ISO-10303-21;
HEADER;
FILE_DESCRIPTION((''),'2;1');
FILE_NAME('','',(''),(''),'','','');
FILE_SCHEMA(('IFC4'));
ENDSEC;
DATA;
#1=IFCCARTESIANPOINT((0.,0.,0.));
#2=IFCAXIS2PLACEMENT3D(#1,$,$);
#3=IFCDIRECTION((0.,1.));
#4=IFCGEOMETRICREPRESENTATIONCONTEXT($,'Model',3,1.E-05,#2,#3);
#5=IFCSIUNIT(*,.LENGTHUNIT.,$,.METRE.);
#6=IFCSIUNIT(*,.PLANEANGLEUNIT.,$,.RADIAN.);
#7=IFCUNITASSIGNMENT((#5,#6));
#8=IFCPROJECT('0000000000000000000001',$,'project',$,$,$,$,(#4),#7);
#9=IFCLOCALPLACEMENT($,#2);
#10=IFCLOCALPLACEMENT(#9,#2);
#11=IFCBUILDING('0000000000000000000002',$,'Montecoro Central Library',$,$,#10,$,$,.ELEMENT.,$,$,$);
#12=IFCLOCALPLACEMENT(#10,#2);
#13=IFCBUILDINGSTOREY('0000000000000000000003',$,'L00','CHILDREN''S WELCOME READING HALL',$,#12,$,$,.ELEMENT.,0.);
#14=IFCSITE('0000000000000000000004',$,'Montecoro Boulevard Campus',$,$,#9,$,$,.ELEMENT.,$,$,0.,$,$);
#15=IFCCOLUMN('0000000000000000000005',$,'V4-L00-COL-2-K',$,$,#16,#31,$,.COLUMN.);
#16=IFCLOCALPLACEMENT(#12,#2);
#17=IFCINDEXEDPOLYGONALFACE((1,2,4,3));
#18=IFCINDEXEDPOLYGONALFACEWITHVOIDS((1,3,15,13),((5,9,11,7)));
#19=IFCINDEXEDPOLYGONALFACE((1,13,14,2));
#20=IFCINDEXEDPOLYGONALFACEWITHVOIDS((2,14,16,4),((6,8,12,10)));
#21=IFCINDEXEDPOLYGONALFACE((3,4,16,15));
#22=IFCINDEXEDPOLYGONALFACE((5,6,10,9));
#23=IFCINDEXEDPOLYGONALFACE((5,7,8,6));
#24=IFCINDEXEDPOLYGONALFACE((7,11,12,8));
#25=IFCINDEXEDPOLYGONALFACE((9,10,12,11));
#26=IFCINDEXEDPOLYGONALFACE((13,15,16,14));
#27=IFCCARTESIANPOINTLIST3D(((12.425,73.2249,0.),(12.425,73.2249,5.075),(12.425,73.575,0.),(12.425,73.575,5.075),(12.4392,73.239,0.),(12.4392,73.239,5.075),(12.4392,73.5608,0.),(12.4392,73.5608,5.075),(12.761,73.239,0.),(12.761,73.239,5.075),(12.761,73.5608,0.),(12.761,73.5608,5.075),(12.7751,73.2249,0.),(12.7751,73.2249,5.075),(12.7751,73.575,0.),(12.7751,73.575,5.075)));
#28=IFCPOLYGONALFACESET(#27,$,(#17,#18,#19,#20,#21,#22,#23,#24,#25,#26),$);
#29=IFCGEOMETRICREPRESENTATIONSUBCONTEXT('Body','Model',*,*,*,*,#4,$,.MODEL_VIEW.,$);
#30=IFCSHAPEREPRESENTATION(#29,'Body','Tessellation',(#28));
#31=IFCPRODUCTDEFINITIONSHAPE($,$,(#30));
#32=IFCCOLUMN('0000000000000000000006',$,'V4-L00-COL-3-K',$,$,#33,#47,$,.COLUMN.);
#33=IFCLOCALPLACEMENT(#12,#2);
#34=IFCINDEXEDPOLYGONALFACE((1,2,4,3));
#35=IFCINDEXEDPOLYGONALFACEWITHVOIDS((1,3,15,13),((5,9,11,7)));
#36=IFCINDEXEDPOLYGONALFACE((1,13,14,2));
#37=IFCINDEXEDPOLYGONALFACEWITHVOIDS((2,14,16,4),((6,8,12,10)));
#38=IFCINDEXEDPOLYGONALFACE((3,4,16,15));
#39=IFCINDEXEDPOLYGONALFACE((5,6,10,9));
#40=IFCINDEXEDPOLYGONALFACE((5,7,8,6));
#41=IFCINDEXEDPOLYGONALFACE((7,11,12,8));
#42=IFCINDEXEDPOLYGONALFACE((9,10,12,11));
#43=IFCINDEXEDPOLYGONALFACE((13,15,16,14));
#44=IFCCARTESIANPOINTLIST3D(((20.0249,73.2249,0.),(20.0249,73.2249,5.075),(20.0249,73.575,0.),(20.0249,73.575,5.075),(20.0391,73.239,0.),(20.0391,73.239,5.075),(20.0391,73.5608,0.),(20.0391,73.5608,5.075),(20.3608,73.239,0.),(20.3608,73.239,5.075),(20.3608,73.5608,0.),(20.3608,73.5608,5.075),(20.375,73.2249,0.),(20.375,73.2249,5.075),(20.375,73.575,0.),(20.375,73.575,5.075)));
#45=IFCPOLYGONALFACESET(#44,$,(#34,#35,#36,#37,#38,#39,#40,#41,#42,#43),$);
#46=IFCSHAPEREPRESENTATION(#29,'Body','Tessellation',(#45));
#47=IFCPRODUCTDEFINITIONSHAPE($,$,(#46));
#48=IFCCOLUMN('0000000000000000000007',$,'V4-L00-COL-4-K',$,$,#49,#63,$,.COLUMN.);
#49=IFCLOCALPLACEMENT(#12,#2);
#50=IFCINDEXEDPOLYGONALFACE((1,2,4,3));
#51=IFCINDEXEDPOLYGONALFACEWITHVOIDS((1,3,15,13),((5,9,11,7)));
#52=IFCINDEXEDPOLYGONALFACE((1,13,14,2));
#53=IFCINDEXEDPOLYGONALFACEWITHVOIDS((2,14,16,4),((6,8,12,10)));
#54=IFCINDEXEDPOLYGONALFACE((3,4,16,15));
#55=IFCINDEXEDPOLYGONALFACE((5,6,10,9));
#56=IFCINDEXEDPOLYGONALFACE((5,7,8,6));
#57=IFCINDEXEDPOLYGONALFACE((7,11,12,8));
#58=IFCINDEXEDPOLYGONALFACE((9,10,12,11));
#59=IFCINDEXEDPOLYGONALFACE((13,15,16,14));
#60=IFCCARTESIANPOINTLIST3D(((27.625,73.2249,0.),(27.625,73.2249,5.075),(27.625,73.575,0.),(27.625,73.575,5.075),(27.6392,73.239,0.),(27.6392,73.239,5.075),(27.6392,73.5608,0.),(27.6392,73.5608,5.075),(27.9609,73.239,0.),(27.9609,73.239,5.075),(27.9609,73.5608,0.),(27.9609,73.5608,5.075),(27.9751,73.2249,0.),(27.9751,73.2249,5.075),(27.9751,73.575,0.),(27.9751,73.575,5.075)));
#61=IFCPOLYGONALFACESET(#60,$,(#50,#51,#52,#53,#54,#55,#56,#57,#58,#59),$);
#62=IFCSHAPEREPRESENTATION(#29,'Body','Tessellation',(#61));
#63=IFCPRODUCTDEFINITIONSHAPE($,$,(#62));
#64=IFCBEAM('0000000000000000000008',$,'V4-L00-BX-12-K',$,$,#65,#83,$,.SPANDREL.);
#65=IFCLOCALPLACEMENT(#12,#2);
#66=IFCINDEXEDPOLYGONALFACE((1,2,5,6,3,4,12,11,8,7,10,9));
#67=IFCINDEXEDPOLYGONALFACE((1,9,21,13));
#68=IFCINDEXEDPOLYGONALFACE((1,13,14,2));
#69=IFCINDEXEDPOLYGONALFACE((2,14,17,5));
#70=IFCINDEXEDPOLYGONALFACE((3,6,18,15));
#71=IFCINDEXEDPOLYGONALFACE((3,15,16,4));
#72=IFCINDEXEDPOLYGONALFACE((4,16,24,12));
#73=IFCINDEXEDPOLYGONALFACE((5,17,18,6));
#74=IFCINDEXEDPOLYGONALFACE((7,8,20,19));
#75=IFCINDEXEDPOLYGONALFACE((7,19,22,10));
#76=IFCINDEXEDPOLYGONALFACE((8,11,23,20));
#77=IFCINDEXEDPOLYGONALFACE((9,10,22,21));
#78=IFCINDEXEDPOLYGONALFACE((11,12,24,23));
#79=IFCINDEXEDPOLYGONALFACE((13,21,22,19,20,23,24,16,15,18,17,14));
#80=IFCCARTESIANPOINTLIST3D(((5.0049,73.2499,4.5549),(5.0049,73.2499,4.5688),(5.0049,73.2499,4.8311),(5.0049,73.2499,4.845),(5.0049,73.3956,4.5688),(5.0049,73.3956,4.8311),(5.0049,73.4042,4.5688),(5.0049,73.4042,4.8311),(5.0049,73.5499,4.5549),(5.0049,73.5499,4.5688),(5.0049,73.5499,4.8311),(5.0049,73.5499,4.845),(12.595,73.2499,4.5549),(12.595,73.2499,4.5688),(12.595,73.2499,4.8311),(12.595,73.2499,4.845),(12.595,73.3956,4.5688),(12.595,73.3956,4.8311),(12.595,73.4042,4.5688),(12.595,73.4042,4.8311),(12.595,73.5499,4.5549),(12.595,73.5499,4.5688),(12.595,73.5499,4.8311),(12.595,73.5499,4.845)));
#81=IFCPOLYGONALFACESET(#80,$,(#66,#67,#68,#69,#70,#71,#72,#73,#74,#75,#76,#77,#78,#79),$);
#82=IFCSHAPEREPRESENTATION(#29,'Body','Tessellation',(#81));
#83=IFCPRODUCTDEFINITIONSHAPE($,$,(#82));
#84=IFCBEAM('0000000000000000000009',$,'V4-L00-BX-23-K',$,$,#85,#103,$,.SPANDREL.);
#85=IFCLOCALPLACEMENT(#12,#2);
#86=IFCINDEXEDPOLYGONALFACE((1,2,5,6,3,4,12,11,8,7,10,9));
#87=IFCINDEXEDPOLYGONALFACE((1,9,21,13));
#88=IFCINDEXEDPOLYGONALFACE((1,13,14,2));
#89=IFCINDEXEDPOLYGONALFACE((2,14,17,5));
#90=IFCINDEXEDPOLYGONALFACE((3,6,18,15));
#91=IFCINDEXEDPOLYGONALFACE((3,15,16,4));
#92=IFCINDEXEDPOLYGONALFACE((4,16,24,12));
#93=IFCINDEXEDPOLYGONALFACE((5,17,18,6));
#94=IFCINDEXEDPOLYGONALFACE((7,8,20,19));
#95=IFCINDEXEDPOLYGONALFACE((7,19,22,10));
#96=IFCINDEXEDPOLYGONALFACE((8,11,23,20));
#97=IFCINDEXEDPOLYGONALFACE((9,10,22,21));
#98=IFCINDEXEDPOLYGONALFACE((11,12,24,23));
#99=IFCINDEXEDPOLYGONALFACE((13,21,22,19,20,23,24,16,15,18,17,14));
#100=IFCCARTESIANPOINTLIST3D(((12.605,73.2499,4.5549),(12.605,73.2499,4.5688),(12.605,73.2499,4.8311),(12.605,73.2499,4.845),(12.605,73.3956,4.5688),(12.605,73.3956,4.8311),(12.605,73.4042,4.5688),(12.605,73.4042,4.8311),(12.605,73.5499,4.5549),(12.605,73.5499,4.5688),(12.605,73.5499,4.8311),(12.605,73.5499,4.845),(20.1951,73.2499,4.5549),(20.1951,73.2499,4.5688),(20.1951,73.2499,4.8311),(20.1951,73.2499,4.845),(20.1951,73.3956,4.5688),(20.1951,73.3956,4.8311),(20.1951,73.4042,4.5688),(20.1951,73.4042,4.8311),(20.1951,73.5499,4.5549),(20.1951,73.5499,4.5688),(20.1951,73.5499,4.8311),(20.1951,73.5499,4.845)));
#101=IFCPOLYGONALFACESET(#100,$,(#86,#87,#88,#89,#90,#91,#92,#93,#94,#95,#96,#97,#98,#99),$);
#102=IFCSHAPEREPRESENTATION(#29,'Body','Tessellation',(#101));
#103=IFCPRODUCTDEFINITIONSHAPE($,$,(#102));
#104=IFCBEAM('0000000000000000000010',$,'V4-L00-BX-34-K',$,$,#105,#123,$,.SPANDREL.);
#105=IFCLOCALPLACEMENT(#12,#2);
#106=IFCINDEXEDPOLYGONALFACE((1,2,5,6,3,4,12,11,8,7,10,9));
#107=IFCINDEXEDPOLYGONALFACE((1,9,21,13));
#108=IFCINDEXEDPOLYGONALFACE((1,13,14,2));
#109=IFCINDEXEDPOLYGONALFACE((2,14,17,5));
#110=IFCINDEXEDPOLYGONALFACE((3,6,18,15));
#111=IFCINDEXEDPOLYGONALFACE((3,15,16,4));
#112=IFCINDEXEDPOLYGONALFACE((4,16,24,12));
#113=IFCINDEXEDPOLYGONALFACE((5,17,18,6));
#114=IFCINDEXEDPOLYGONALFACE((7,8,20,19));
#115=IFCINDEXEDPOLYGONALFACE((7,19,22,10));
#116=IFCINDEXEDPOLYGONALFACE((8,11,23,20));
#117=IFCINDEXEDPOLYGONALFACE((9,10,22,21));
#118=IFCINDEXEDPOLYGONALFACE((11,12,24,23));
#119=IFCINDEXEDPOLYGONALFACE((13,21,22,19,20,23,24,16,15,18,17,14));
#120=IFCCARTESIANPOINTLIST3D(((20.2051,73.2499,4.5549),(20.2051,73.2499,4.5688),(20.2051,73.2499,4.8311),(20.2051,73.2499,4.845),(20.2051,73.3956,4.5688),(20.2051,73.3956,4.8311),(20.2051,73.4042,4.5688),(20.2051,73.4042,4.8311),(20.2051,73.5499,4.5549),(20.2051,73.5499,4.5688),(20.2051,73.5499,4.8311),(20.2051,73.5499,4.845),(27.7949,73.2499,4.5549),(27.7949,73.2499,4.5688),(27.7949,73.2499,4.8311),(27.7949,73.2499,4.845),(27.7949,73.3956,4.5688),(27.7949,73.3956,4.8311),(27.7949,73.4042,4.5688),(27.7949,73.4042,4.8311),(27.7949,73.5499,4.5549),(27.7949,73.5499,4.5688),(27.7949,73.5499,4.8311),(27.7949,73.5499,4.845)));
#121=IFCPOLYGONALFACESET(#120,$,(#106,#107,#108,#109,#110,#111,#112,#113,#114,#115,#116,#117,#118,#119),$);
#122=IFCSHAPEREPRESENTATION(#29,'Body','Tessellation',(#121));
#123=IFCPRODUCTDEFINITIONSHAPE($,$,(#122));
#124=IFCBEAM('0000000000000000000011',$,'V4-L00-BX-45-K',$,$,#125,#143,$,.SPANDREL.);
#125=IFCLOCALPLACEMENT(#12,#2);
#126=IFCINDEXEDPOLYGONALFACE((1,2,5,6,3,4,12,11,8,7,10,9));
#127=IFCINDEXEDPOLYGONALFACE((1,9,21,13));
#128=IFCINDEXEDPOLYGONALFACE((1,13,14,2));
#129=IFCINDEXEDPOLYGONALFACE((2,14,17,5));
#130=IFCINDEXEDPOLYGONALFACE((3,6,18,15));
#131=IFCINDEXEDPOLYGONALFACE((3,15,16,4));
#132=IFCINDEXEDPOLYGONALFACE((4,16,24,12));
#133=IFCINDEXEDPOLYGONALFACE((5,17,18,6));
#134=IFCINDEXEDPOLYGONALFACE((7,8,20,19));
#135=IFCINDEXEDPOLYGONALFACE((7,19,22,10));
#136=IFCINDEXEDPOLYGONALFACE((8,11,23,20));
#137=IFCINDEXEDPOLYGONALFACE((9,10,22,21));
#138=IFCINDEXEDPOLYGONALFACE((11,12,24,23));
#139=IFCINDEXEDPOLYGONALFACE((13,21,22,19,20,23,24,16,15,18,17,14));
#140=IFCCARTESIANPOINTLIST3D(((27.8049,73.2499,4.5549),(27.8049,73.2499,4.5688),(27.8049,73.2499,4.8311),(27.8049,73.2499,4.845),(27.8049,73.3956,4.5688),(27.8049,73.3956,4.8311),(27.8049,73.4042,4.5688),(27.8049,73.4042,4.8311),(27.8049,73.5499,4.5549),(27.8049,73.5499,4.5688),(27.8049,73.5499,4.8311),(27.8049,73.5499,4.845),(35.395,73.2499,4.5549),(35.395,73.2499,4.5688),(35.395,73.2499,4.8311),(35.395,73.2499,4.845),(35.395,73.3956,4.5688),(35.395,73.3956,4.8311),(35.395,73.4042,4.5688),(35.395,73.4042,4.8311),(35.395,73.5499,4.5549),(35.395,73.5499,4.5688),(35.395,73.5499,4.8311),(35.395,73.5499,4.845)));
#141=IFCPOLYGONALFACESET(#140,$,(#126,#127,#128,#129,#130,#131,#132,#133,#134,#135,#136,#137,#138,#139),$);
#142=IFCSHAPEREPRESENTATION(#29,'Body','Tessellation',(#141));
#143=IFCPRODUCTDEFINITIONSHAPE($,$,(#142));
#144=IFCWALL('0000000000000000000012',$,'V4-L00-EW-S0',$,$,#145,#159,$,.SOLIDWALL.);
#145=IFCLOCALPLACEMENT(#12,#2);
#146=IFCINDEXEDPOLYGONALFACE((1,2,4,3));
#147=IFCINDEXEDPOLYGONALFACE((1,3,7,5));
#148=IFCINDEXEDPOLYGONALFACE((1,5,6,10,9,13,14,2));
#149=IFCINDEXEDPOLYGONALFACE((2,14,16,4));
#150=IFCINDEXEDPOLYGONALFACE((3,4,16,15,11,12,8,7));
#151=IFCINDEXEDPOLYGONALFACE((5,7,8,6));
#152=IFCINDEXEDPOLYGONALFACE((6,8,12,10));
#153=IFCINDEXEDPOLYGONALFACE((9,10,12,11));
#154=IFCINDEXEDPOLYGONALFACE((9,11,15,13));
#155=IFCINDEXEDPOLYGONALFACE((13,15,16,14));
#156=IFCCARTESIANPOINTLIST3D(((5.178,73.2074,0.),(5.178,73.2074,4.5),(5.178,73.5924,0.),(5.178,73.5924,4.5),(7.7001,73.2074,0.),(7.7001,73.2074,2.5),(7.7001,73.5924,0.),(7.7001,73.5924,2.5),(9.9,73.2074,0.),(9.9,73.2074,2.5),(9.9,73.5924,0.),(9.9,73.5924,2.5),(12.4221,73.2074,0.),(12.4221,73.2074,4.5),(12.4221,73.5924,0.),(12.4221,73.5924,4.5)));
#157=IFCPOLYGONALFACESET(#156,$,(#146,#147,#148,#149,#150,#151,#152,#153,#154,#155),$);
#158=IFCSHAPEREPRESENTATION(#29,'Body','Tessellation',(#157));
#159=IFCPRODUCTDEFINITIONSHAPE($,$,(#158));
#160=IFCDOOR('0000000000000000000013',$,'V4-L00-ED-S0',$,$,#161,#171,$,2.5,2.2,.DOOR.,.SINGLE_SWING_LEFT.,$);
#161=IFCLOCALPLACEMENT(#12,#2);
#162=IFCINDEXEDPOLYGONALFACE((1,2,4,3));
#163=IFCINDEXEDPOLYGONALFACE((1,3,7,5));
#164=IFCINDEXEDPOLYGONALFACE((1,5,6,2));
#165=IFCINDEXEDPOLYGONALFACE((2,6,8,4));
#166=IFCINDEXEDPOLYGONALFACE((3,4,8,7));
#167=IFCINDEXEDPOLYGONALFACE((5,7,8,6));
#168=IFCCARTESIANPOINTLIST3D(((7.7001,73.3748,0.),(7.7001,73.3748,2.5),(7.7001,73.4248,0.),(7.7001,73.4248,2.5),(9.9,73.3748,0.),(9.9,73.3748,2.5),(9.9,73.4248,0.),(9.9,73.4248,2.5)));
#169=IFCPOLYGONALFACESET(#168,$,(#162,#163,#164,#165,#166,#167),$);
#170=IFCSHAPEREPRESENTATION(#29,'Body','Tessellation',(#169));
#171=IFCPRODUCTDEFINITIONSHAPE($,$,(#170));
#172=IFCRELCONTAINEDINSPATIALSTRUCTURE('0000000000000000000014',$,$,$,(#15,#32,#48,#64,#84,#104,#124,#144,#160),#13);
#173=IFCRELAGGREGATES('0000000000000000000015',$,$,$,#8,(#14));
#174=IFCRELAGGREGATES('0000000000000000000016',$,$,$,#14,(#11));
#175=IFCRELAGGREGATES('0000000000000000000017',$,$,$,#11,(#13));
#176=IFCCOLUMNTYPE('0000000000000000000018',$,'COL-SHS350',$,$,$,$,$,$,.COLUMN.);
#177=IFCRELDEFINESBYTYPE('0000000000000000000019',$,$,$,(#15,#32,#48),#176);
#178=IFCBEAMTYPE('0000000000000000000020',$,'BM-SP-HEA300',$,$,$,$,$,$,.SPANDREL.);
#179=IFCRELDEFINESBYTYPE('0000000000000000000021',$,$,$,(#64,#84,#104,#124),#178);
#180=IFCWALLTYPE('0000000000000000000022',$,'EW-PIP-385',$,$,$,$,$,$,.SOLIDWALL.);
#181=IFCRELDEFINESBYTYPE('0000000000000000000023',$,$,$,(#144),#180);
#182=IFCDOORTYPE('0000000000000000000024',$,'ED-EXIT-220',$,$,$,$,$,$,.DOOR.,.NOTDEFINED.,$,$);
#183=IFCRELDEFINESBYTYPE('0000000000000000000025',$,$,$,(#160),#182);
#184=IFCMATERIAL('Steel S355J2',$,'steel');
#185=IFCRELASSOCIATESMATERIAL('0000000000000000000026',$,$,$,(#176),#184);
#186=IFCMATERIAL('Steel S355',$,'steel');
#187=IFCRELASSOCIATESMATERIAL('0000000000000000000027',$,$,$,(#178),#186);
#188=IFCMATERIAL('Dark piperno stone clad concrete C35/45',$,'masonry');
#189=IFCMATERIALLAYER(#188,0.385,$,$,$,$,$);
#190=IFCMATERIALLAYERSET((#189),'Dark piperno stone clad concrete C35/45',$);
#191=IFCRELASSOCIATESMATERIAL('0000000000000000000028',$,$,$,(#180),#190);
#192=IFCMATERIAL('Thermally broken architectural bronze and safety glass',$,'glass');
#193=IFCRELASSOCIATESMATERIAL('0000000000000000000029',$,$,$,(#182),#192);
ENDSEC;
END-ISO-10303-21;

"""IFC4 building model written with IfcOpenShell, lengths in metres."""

from ifc_helpers import new_model, si_unit, direction, frame, frame_2d, origin, origin_2d, place, context, subcontext, project, spatial, rectangle, hollow_rectangle, i_section, extrude, material, layer, layer_set, material_profile, profile_set, type_object, element, fill, save


model = new_model("IFC4")

# Units and contexts
model_context = context("Model", 3, precision=1e-05, world=origin(), true_north=direction((0.0, 1.0)))
body_context = subcontext(model_context, "Body", "Model", "MODEL_VIEW")
ifc_project = project(units=[si_unit("LENGTHUNIT", "METRE"), si_unit("PLANEANGLEUNIT", "RADIAN")], contexts=[model_context])

# Site, building, storey
site_placement = place(None, origin())
site = spatial("IfcSite", under=ifc_project, at=site_placement, Name="Montecoro Boulevard Campus", CompositionType="ELEMENT", RefElevation=0.0)
building_placement = place(site_placement, origin())
building = spatial("IfcBuilding", under=site, at=building_placement, Name="Montecoro Central Library", CompositionType="ELEMENT")
storey_placement = place(building_placement, origin())
storey = spatial("IfcBuildingStorey", under=building, at=storey_placement, Name="L00", Description="CHILDREN'S WELCOME READING HALL", CompositionType="ELEMENT", Elevation=0.0)

# Columns
ifc_material_1 = material(Name="Steel S355", Category="steel")
ifc_material_2 = material(Name="Steel S355J2", Category="steel")
ifc_material_profile_1 = material_profile(ifc_material_2, hollow_rectangle(XDim=0.3501, YDim=0.3501, WallThickness=0.0142, at=origin_2d()), Name="SHS 350x350x14.2")
ifc_profile_set_1 = profile_set([ifc_material_profile_1], Name="Steel S355J2")
column_type_1 = type_object("IfcColumnType", Name="COL-SHS350", PredefinedType="COLUMN", material=ifc_profile_set_1)
for number, where, z_axis, x_axis, name in (
    (1, (12.6001, 73.3999, 0.0), (0.0, 0.0, 1.0), (1.0, 0.0, 0.0), "V4-L00-COL-2-K"),
    (2, (20.2, 73.3999, 0.0), (0.0, 0.0, 1.0), (1.0, 0.0, 0.0), "V4-L00-COL-3-K"),
    (3, (27.8, 73.3999, 0.0), (0.0, 0.0, 1.0), (1.0, 0.0, 0.0), "V4-L00-COL-4-K"),
):
    element("IfcColumn", number, at=place(storey_placement, frame(where, z_axis=z_axis, x_axis=x_axis)), inside=storey, type_object=column_type_1, Name=name, PredefinedType="COLUMN", context=body_context, shape_type="SweptSolid", body=[
        extrude(hollow_rectangle(XDim=0.3501, YDim=0.3501, WallThickness=0.0142, at=origin_2d()), origin(), (0.0, 0.0, 1.0), 5.075),
    ])

# Beams
ifc_material_profile_2 = material_profile(ifc_material_1, i_section(OverallWidth=0.3, OverallDepth=0.29, WebThickness=0.0085, FlangeThickness=0.0139, at=origin_2d()), Name="HEA 300")
ifc_profile_set_2 = profile_set([ifc_material_profile_2], Name="Steel S355")
beam_type = type_object("IfcBeamType", Name="BM-SP-HEA300", PredefinedType="SPANDREL", material=ifc_profile_set_2)
for number, where, z_axis, x_axis, name in (
    (4, (5.0049, 73.3999, 4.7), (1.0, 0.0, 0.0), (0.0, 1.0, 0.0), "V4-L00-BX-12-K"),
    (5, (12.605, 73.3999, 4.7), (1.0, 0.0, 0.0), (0.0, 1.0, 0.0), "V4-L00-BX-23-K"),
):
    element("IfcBeam", number, at=place(storey_placement, frame(where, z_axis=z_axis, x_axis=x_axis)), inside=storey, type_object=beam_type, Name=name, PredefinedType="SPANDREL", context=body_context, shape_type="SweptSolid", body=[
        extrude(i_section(OverallWidth=0.3, OverallDepth=0.29, WebThickness=0.0085, FlangeThickness=0.0139, at=origin_2d()), origin(), (0.0, 0.0, 1.0), 7.5901),
    ])
beam_1_placement = place(storey_placement, frame((20.2051, 73.3999, 4.7), z_axis=(1.0, 0.0, 0.0), x_axis=(0.0, 1.0, 0.0)))
element("IfcBeam", 6, at=beam_1_placement, inside=storey, type_object=beam_type, Name="V4-L00-BX-34-K", PredefinedType="SPANDREL", context=body_context, shape_type="SweptSolid", body=[
    extrude(i_section(OverallWidth=0.3, OverallDepth=0.29, WebThickness=0.0085, FlangeThickness=0.0139, at=origin_2d()), origin(), (0.0, 0.0, 1.0), 7.5898),
])
beam_2_placement = place(storey_placement, frame((27.8049, 73.3999, 4.7), z_axis=(1.0, 0.0, 0.0), x_axis=(0.0, 1.0, 0.0)))
element("IfcBeam", 7, at=beam_2_placement, inside=storey, type_object=beam_type, Name="V4-L00-BX-45-K", PredefinedType="SPANDREL", context=body_context, shape_type="SweptSolid", body=[
    extrude(i_section(OverallWidth=0.3, OverallDepth=0.29, WebThickness=0.0085, FlangeThickness=0.0139, at=origin_2d()), origin(), (0.0, 0.0, 1.0), 7.5901),
])

# Wall, opening, door
ifc_material_3 = material(Name="Dark piperno stone clad concrete C35/45", Category="masonry")
ifc_layer = layer(ifc_material_3, 0.385)
ifc_layer_set = layer_set([ifc_layer], Name="Dark piperno stone clad concrete C35/45")
wall_type = type_object("IfcWallType", Name="EW-PIP-385", PredefinedType="SOLIDWALL", material=ifc_layer_set)
wall_1_placement = place(storey_placement, frame((5.178, 73.3999, 0.0), z_axis=(0.0, 0.0, 1.0), x_axis=(1.0, 0.0, 0.0)))
wall_1 = element("IfcWall", 8, at=wall_1_placement, inside=storey, type_object=wall_type, Name="V4-L00-EW-S0", PredefinedType="SOLIDWALL", context=body_context, shape_type="SweptSolid", body=[
    extrude(rectangle(XDim=7.2441, YDim=0.385, at=frame_2d((3.6221, 0.0))), origin(), (0.0, 0.0, 1.0), 4.5),
])
opening_1_placement = place(wall_1_placement, frame((2.522, 0.0, 0.0)))
opening_1 = element("IfcOpeningElement", 9, at=opening_1_placement, cuts=wall_1, PredefinedType="OPENING", context=body_context, shape_type="SweptSolid", body=[
    extrude(rectangle(XDim=2.2, YDim=2.5, at=frame_2d((1.1001, 1.25))), frame((0.0, 0.2024, 0.0), z_axis=(0.0, -1.0, 0.0), x_axis=(1.0, 0.0, 0.0)), (0.0, 0.0, 1.0), 0.405),
])
ifc_material_4 = material(Name="Thermally broken architectural bronze and safety glass", Category="glass")
door_type_1 = type_object("IfcDoorType", Name="ED-EXIT-220", OperationType="NOTDEFINED", PredefinedType="DOOR", material=ifc_material_4)
door_1_placement = place(opening_1_placement, origin())
door_1 = element("IfcDoor", 10, at=door_1_placement, inside=storey, type_object=door_type_1, Name="V4-L00-ED-S0", OperationType="SINGLE_SWING_LEFT", OverallHeight=2.5, OverallWidth=2.2, PredefinedType="DOOR", context=body_context, shape_type="SweptSolid", body=[
    extrude(rectangle(XDim=2.2, YDim=2.5, at=frame_2d((1.1001, 1.25))), frame((0.0, 0.0249, 0.0), z_axis=(0.0, -1.0, 0.0), x_axis=(1.0, 0.0, 0.0)), (0.0, 0.0, 1.0), 0.05),
])
fill(opening_1, door_1)

save(model, "model.ifc")
